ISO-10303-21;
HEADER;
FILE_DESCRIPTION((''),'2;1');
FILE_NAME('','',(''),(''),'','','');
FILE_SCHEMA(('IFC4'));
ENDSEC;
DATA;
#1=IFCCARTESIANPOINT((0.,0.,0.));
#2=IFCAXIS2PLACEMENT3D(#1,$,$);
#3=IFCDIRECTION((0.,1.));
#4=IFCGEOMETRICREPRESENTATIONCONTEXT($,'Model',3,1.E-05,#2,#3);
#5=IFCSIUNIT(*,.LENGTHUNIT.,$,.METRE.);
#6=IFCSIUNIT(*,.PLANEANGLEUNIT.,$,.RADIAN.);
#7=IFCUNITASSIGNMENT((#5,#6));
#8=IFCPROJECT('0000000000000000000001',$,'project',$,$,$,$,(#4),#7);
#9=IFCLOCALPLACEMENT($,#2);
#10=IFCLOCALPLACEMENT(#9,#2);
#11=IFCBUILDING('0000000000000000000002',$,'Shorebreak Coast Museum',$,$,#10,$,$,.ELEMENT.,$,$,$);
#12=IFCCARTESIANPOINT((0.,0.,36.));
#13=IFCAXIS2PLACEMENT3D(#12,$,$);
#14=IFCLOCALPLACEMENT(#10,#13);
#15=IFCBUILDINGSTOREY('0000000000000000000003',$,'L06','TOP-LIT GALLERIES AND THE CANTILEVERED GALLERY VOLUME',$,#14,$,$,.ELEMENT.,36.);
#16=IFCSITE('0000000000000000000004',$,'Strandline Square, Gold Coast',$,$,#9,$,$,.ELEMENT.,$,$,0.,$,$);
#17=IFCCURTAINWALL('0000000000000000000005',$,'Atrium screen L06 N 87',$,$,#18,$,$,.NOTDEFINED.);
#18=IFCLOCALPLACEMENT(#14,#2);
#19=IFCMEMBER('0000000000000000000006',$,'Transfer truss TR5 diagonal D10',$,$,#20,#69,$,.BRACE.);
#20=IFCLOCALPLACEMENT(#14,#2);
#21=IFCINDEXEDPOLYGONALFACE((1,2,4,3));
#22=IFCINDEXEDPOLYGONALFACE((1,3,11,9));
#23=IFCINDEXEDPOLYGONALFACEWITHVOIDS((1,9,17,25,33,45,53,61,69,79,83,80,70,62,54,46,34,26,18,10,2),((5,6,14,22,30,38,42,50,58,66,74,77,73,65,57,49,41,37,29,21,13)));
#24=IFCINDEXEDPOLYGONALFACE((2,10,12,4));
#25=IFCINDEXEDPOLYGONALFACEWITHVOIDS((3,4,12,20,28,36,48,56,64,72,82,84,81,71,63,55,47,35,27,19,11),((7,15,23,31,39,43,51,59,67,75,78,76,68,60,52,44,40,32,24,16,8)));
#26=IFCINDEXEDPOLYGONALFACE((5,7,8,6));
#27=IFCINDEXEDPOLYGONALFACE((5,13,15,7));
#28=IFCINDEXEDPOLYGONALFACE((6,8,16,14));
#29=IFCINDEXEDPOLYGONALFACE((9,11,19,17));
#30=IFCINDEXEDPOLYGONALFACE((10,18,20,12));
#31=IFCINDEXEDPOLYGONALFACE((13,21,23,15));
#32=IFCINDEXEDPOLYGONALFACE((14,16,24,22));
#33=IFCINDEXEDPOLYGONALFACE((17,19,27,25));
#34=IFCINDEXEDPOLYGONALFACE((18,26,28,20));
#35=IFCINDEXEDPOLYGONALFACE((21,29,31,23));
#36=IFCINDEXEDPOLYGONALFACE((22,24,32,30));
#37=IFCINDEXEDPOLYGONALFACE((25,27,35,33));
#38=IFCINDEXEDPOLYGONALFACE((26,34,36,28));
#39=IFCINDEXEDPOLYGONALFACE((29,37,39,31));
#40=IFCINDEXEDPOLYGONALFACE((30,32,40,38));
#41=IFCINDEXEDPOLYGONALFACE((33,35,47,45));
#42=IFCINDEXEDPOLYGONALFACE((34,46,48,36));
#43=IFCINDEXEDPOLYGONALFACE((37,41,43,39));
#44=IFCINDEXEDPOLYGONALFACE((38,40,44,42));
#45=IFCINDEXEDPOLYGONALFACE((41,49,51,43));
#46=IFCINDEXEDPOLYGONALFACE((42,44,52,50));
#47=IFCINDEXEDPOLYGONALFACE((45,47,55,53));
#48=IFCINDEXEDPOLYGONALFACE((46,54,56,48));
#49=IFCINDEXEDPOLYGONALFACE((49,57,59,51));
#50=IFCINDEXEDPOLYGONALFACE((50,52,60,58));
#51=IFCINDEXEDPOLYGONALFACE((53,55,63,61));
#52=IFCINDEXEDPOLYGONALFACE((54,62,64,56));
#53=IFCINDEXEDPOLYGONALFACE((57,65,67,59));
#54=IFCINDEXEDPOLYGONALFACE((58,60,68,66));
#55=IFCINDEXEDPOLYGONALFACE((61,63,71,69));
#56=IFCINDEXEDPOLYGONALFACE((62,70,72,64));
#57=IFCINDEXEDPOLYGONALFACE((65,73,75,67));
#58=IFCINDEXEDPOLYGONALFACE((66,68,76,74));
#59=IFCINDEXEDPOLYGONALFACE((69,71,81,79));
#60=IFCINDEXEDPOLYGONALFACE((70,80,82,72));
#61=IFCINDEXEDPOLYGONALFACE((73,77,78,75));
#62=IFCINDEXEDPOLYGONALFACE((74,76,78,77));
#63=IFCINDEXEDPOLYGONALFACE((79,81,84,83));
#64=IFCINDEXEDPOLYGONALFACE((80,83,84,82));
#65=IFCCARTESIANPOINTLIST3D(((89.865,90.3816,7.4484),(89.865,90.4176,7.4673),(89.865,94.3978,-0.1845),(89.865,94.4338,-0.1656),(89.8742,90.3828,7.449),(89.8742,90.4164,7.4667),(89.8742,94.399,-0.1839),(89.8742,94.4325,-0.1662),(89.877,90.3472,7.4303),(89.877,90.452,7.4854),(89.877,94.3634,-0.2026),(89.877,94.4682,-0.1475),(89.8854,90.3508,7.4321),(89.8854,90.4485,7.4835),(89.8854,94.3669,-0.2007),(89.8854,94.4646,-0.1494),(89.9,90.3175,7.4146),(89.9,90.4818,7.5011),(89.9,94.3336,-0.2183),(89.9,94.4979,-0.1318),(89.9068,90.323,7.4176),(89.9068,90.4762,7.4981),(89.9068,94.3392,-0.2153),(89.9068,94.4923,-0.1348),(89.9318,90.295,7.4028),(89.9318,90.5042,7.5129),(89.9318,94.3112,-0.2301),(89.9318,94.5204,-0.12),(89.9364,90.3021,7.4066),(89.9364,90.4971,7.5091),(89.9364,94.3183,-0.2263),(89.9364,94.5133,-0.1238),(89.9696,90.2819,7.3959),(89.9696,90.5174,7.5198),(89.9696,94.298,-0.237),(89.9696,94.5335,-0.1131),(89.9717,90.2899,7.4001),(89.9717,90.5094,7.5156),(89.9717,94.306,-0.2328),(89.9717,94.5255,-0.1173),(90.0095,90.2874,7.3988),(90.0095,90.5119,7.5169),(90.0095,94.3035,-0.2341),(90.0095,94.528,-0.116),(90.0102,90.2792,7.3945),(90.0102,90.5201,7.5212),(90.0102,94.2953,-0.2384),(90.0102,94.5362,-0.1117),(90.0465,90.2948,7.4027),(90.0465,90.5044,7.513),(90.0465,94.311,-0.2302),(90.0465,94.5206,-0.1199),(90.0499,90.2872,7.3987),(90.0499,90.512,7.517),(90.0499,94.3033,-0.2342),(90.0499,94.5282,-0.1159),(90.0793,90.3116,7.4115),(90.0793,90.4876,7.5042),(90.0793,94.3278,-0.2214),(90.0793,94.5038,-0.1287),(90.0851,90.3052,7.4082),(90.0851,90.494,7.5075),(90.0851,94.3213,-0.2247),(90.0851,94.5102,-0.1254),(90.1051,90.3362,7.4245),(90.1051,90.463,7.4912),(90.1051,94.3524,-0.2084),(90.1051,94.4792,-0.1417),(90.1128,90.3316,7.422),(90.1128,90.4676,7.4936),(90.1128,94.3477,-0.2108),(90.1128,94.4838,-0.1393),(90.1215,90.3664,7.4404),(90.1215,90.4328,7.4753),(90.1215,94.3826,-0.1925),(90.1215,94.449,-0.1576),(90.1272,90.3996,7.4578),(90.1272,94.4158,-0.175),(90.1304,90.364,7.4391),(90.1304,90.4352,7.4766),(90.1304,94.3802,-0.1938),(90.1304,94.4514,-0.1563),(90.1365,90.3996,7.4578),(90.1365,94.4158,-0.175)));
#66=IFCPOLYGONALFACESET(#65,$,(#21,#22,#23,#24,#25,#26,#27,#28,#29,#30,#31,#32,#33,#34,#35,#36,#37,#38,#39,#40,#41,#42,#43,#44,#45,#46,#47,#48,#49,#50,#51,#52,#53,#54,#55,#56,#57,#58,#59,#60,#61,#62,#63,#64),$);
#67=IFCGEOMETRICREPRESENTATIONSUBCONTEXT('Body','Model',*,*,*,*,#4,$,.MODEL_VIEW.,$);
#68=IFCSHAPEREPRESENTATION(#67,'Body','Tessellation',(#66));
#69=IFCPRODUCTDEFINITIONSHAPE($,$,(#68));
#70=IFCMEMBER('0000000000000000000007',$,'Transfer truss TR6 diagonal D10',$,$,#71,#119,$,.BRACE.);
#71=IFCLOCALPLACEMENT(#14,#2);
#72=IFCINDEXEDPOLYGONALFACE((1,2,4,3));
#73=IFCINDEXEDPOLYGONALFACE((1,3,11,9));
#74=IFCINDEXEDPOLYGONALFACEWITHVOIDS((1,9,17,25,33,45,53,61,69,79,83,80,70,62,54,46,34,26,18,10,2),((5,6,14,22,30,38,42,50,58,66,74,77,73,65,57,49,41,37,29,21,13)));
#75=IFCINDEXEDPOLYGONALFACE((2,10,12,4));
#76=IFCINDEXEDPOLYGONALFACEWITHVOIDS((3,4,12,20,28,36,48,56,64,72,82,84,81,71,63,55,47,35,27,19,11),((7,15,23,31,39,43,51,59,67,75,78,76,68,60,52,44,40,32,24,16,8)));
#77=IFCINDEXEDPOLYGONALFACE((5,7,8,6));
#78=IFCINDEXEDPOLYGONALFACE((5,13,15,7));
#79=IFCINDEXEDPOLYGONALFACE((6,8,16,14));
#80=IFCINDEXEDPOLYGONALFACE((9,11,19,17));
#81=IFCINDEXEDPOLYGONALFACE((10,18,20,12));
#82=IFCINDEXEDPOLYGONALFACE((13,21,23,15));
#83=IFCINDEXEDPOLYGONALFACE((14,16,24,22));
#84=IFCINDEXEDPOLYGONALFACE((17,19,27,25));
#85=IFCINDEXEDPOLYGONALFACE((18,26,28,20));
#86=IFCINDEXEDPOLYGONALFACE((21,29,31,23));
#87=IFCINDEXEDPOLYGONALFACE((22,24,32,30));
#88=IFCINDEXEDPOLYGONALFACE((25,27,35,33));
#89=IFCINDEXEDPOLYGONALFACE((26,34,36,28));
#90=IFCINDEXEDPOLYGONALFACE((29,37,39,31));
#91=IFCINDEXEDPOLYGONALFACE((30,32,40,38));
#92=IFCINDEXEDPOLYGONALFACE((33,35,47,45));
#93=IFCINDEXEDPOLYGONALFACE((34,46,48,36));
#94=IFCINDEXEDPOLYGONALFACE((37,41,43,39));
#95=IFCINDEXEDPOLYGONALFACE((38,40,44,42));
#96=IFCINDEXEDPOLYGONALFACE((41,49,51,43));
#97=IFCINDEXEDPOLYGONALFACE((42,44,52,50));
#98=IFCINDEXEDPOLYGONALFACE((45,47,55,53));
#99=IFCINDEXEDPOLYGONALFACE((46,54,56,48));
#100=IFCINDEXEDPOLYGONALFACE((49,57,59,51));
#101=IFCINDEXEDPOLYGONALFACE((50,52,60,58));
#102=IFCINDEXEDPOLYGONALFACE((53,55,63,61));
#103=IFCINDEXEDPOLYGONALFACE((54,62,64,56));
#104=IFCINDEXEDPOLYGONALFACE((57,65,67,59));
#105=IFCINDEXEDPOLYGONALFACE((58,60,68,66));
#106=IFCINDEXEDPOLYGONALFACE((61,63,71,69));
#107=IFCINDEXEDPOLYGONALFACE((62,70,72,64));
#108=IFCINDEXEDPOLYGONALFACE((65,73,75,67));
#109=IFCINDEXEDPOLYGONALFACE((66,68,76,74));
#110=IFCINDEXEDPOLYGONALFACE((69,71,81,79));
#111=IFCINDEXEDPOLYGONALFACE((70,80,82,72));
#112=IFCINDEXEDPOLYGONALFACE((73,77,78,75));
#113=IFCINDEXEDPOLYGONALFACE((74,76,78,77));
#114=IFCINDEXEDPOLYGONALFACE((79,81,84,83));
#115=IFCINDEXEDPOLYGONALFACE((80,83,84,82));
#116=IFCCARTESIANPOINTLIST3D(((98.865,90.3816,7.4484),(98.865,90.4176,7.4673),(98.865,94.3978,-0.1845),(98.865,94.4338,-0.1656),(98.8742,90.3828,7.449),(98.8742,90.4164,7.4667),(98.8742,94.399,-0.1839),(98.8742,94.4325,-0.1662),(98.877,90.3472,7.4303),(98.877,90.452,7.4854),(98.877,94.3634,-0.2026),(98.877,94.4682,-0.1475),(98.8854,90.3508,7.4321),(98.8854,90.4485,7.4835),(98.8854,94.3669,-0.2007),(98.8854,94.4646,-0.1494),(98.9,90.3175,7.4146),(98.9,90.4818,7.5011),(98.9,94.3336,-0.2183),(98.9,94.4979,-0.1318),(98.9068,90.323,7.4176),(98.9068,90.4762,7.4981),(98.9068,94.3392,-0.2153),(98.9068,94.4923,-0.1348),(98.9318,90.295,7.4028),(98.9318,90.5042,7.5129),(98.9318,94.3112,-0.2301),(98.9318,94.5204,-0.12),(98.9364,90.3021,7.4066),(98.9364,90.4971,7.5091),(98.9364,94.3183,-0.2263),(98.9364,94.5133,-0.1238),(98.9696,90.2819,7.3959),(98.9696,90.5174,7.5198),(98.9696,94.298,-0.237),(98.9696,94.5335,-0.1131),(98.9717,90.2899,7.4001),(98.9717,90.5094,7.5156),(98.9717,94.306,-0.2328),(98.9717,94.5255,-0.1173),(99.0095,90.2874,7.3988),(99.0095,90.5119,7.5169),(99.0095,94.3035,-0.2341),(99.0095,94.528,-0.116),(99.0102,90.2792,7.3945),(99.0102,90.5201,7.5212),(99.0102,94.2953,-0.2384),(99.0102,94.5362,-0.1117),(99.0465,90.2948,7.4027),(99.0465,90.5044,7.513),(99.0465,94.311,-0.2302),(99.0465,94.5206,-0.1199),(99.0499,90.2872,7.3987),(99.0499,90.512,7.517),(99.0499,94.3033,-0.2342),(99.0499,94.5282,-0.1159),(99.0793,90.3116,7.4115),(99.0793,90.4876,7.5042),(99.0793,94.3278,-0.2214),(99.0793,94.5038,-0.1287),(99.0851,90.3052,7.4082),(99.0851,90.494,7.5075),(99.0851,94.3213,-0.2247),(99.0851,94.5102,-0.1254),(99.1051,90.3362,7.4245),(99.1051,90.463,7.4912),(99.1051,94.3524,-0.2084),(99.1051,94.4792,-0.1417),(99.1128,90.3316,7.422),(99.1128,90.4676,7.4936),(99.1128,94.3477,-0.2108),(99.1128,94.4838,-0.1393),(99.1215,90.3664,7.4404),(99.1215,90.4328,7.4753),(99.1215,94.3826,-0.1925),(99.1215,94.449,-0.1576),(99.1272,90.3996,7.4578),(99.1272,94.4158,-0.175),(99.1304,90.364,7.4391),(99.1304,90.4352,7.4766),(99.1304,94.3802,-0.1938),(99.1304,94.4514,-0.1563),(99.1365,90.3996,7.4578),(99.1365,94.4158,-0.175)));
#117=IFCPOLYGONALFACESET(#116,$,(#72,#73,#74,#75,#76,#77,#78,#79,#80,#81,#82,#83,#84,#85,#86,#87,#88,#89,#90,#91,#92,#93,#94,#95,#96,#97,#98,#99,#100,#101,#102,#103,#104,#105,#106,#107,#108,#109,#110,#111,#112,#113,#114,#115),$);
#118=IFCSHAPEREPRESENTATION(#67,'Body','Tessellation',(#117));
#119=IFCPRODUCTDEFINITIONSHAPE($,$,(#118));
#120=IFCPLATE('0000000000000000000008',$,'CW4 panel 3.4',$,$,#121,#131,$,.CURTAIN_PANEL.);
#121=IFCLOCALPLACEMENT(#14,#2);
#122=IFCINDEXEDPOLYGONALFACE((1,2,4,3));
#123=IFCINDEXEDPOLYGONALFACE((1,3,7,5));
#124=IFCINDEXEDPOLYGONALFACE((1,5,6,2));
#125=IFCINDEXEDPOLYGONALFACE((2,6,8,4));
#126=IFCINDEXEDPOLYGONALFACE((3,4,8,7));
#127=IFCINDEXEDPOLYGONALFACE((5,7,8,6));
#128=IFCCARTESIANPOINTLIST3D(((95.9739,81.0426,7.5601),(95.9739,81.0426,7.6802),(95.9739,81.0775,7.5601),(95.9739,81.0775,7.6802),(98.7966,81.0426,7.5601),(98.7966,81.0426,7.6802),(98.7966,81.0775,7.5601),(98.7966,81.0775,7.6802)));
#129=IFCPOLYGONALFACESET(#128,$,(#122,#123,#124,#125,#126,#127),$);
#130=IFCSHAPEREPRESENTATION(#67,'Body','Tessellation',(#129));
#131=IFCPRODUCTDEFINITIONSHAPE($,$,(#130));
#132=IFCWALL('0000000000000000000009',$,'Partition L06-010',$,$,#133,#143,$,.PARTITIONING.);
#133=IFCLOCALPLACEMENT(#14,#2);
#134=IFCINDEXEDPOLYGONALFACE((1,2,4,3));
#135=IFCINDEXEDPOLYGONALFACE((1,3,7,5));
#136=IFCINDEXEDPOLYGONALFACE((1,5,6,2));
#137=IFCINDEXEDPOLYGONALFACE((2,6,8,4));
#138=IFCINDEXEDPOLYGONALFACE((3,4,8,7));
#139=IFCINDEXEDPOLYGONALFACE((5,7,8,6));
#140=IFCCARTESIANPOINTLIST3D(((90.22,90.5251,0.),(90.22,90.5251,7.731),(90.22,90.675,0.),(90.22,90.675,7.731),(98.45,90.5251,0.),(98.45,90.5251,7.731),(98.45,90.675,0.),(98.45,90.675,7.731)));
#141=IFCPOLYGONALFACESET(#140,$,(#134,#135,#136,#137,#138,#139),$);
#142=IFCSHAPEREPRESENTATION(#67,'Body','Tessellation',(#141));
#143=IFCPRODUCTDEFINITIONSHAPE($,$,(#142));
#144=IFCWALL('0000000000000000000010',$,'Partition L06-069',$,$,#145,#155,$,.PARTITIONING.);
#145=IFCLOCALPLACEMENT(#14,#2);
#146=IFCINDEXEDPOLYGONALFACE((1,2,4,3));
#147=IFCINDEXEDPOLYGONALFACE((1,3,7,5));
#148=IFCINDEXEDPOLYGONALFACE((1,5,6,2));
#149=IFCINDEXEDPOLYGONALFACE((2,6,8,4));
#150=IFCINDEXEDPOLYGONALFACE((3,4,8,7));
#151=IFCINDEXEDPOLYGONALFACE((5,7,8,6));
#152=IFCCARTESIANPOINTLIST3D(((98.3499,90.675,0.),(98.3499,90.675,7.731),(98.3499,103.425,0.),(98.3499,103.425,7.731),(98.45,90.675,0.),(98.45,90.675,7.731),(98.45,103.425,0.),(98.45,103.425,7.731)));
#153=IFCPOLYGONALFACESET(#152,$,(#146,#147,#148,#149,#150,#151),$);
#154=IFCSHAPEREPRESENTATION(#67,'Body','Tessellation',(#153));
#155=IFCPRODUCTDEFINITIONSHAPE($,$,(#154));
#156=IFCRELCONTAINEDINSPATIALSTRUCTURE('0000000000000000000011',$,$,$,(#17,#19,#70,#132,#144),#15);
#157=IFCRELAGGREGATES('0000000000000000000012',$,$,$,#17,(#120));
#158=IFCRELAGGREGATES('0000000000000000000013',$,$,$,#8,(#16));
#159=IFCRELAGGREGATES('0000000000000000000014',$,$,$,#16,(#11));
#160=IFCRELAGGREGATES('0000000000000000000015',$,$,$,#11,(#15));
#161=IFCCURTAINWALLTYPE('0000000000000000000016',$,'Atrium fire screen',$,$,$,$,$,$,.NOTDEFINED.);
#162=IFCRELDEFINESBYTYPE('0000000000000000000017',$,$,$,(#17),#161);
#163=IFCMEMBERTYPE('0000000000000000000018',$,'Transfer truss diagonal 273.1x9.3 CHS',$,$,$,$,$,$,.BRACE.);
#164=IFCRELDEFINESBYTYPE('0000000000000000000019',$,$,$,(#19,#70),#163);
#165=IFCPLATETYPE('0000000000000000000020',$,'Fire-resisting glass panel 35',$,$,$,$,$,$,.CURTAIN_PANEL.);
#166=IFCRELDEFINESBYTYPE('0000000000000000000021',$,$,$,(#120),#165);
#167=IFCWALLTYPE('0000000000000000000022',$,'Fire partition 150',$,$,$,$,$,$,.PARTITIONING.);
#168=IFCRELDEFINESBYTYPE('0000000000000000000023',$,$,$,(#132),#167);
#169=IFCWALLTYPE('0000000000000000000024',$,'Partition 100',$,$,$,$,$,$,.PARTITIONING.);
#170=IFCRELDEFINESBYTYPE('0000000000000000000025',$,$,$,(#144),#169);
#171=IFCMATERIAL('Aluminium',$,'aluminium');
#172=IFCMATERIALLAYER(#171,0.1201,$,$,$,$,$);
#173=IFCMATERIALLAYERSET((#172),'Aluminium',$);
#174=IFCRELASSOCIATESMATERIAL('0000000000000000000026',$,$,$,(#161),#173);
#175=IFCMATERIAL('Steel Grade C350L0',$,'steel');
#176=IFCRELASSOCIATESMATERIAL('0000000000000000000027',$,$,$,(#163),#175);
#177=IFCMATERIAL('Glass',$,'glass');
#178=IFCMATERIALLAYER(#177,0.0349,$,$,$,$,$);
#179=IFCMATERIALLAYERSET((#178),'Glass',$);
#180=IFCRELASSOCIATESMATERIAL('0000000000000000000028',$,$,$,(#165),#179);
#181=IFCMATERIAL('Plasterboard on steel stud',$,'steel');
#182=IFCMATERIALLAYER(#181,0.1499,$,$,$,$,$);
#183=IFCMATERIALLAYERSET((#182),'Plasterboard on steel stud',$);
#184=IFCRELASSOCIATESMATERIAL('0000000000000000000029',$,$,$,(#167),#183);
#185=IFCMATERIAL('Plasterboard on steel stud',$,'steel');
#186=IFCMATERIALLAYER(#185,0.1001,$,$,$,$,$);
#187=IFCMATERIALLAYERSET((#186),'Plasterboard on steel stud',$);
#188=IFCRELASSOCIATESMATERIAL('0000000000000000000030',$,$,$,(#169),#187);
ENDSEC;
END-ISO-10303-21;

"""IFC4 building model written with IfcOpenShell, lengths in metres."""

from ifc_helpers import new_model, si_unit, direction, frame, frame_2d, origin, origin_2d, place, context, subcontext, project, spatial, rectangle, hollow_circle, extrude, material, layer, layer_set, material_profile, profile_set, type_object, element, aggregate, save


model = new_model("IFC4")

# Units and contexts
model_context = context("Model", 3, precision=1e-05, world=origin(), true_north=direction((0.0, 1.0)))
body_context = subcontext(model_context, "Body", "Model", "MODEL_VIEW")
ifc_project = project(units=[si_unit("LENGTHUNIT", "METRE"), si_unit("PLANEANGLEUNIT", "RADIAN")], contexts=[model_context])

# Site, building, storey
site_placement = place(None, origin())
site = spatial("IfcSite", under=ifc_project, at=site_placement, Name="Strandline Square, Gold Coast", CompositionType="ELEMENT", RefElevation=0.0)
building_placement = place(site_placement, origin())
building = spatial("IfcBuilding", under=site, at=building_placement, Name="Shorebreak Coast Museum", CompositionType="ELEMENT")
storey_placement = place(building_placement, frame((0.0, 0.0, 36.0)))
storey = spatial("IfcBuildingStorey", under=building, at=storey_placement, Name="L06", Description="TOP-LIT GALLERIES AND THE CANTILEVERED GALLERY VOLUME", CompositionType="ELEMENT", Elevation=36.0)

# Curtain wall
ifc_material_1 = material(Name="Aluminium", Category="aluminium")
ifc_layer_1 = layer(ifc_material_1, 0.1201)
ifc_layer_set_1 = layer_set([ifc_layer_1], Name="Aluminium")
curtain_wall_type = type_object("IfcCurtainWallType", Name="Atrium fire screen", PredefinedType="NOTDEFINED", material=ifc_layer_set_1)
curtain_wall_placement = place(storey_placement, origin())
curtain_wall = element("IfcCurtainWall", 1, at=curtain_wall_placement, inside=storey, type_object=curtain_wall_type, Name="Atrium screen L06 N 87", PredefinedType="NOTDEFINED")

# Members
ifc_material_2 = material(Name="Steel Grade C350L0", Category="steel")
ifc_material_profile_1 = material_profile(ifc_material_2, hollow_circle(Radius=0.1365, WallThickness=0.0093, at=origin_2d()), Name="273.1x9.3 CHS")
ifc_profile_set_1 = profile_set([ifc_material_profile_1], Name="Steel Grade C350L0")
member_type_1 = type_object("IfcMemberType", Name="Transfer truss diagonal 273.1x9.3 CHS", PredefinedType="BRACE", material=ifc_profile_set_1)
for number, where, z_axis, x_axis, name in (
    (2, (90.0, 94.4158, -0.175), (0.0, -0.465641, 0.884973), (1.0, 0.0, 0.0), "Transfer truss TR5 diagonal D10"),
    (3, (99.0, 94.4158, -0.175), (0.0, -0.465641, 0.884973), (1.0, 0.0, 0.0), "Transfer truss TR6 diagonal D10"),
):
    element("IfcMember", number, at=place(storey_placement, frame(where, z_axis=z_axis, x_axis=x_axis)), inside=storey, type_object=member_type_1, Name=name, PredefinedType="BRACE", context=body_context, shape_type="SweptSolid", body=[
        extrude(hollow_circle(Radius=0.1365, WallThickness=0.0093, at=origin_2d()), origin(), (0.0, 0.0, 1.0), 8.625),
    ])

# Plate
ifc_material_3 = material(Name="Glass", Category="glass")
ifc_layer_2 = layer(ifc_material_3, 0.0349)
ifc_layer_set_2 = layer_set([ifc_layer_2], Name="Glass")
plate_type = type_object("IfcPlateType", Name="Fire-resisting glass panel 35", PredefinedType="CURTAIN_PANEL", material=ifc_layer_set_2)
plate_placement = place(storey_placement, frame((97.3853, 81.0601, 7.5601), z_axis=(0.0, 0.0, 1.0), x_axis=(1.0, 0.0, 0.0)))
plate = element("IfcPlate", 4, at=plate_placement, type_object=plate_type, Name="CW4 panel 3.4", PredefinedType="CURTAIN_PANEL", context=body_context, shape_type="SweptSolid", body=[
    extrude(rectangle(XDim=2.8228, YDim=0.0349, at=origin_2d()), origin(), (0.0, 0.0, 1.0), 0.1201),
])
aggregate(curtain_wall, [plate])

# Walls
ifc_material_4 = material(Name="Plasterboard on steel stud", Category="steel")
ifc_layer_3 = layer(ifc_material_4, 0.1499)
ifc_layer_set_3 = layer_set([ifc_layer_3], Name="Plasterboard on steel stud")
wall_type_1 = type_object("IfcWallType", Name="Fire partition 150", PredefinedType="PARTITIONING", material=ifc_layer_set_3)
wall_1_placement = place(storey_placement, frame((90.22, 90.6001, 0.0), z_axis=(0.0, 0.0, 1.0), x_axis=(1.0, 0.0, 0.0)))
element("IfcWall", 5, at=wall_1_placement, inside=storey, type_object=wall_type_1, Name="Partition L06-010", PredefinedType="PARTITIONING", context=body_context, shape_type="SweptSolid", body=[
    extrude(rectangle(XDim=8.23, YDim=0.1499, at=frame_2d((4.115, 0.0))), origin(), (0.0, 0.0, 1.0), 7.731),
])
ifc_material_5 = material(Name="Plasterboard on steel stud", Category="steel")
ifc_layer_4 = layer(ifc_material_5, 0.1001)
ifc_layer_set_4 = layer_set([ifc_layer_4], Name="Plasterboard on steel stud")
wall_type_2 = type_object("IfcWallType", Name="Partition 100", PredefinedType="PARTITIONING", material=ifc_layer_set_4)
wall_2_placement = place(storey_placement, frame((98.3999, 90.675, 0.0), z_axis=(0.0, 0.0, 1.0), x_axis=(0.0, 1.0, 0.0)))
element("IfcWall", 6, at=wall_2_placement, inside=storey, type_object=wall_type_2, Name="Partition L06-069", PredefinedType="PARTITIONING", context=body_context, shape_type="SweptSolid", body=[
    extrude(rectangle(XDim=12.75, YDim=0.1001, at=frame_2d((6.375, 0.0))), origin(), (0.0, 0.0, 1.0), 7.731),
])

save(model, "model.ifc")
